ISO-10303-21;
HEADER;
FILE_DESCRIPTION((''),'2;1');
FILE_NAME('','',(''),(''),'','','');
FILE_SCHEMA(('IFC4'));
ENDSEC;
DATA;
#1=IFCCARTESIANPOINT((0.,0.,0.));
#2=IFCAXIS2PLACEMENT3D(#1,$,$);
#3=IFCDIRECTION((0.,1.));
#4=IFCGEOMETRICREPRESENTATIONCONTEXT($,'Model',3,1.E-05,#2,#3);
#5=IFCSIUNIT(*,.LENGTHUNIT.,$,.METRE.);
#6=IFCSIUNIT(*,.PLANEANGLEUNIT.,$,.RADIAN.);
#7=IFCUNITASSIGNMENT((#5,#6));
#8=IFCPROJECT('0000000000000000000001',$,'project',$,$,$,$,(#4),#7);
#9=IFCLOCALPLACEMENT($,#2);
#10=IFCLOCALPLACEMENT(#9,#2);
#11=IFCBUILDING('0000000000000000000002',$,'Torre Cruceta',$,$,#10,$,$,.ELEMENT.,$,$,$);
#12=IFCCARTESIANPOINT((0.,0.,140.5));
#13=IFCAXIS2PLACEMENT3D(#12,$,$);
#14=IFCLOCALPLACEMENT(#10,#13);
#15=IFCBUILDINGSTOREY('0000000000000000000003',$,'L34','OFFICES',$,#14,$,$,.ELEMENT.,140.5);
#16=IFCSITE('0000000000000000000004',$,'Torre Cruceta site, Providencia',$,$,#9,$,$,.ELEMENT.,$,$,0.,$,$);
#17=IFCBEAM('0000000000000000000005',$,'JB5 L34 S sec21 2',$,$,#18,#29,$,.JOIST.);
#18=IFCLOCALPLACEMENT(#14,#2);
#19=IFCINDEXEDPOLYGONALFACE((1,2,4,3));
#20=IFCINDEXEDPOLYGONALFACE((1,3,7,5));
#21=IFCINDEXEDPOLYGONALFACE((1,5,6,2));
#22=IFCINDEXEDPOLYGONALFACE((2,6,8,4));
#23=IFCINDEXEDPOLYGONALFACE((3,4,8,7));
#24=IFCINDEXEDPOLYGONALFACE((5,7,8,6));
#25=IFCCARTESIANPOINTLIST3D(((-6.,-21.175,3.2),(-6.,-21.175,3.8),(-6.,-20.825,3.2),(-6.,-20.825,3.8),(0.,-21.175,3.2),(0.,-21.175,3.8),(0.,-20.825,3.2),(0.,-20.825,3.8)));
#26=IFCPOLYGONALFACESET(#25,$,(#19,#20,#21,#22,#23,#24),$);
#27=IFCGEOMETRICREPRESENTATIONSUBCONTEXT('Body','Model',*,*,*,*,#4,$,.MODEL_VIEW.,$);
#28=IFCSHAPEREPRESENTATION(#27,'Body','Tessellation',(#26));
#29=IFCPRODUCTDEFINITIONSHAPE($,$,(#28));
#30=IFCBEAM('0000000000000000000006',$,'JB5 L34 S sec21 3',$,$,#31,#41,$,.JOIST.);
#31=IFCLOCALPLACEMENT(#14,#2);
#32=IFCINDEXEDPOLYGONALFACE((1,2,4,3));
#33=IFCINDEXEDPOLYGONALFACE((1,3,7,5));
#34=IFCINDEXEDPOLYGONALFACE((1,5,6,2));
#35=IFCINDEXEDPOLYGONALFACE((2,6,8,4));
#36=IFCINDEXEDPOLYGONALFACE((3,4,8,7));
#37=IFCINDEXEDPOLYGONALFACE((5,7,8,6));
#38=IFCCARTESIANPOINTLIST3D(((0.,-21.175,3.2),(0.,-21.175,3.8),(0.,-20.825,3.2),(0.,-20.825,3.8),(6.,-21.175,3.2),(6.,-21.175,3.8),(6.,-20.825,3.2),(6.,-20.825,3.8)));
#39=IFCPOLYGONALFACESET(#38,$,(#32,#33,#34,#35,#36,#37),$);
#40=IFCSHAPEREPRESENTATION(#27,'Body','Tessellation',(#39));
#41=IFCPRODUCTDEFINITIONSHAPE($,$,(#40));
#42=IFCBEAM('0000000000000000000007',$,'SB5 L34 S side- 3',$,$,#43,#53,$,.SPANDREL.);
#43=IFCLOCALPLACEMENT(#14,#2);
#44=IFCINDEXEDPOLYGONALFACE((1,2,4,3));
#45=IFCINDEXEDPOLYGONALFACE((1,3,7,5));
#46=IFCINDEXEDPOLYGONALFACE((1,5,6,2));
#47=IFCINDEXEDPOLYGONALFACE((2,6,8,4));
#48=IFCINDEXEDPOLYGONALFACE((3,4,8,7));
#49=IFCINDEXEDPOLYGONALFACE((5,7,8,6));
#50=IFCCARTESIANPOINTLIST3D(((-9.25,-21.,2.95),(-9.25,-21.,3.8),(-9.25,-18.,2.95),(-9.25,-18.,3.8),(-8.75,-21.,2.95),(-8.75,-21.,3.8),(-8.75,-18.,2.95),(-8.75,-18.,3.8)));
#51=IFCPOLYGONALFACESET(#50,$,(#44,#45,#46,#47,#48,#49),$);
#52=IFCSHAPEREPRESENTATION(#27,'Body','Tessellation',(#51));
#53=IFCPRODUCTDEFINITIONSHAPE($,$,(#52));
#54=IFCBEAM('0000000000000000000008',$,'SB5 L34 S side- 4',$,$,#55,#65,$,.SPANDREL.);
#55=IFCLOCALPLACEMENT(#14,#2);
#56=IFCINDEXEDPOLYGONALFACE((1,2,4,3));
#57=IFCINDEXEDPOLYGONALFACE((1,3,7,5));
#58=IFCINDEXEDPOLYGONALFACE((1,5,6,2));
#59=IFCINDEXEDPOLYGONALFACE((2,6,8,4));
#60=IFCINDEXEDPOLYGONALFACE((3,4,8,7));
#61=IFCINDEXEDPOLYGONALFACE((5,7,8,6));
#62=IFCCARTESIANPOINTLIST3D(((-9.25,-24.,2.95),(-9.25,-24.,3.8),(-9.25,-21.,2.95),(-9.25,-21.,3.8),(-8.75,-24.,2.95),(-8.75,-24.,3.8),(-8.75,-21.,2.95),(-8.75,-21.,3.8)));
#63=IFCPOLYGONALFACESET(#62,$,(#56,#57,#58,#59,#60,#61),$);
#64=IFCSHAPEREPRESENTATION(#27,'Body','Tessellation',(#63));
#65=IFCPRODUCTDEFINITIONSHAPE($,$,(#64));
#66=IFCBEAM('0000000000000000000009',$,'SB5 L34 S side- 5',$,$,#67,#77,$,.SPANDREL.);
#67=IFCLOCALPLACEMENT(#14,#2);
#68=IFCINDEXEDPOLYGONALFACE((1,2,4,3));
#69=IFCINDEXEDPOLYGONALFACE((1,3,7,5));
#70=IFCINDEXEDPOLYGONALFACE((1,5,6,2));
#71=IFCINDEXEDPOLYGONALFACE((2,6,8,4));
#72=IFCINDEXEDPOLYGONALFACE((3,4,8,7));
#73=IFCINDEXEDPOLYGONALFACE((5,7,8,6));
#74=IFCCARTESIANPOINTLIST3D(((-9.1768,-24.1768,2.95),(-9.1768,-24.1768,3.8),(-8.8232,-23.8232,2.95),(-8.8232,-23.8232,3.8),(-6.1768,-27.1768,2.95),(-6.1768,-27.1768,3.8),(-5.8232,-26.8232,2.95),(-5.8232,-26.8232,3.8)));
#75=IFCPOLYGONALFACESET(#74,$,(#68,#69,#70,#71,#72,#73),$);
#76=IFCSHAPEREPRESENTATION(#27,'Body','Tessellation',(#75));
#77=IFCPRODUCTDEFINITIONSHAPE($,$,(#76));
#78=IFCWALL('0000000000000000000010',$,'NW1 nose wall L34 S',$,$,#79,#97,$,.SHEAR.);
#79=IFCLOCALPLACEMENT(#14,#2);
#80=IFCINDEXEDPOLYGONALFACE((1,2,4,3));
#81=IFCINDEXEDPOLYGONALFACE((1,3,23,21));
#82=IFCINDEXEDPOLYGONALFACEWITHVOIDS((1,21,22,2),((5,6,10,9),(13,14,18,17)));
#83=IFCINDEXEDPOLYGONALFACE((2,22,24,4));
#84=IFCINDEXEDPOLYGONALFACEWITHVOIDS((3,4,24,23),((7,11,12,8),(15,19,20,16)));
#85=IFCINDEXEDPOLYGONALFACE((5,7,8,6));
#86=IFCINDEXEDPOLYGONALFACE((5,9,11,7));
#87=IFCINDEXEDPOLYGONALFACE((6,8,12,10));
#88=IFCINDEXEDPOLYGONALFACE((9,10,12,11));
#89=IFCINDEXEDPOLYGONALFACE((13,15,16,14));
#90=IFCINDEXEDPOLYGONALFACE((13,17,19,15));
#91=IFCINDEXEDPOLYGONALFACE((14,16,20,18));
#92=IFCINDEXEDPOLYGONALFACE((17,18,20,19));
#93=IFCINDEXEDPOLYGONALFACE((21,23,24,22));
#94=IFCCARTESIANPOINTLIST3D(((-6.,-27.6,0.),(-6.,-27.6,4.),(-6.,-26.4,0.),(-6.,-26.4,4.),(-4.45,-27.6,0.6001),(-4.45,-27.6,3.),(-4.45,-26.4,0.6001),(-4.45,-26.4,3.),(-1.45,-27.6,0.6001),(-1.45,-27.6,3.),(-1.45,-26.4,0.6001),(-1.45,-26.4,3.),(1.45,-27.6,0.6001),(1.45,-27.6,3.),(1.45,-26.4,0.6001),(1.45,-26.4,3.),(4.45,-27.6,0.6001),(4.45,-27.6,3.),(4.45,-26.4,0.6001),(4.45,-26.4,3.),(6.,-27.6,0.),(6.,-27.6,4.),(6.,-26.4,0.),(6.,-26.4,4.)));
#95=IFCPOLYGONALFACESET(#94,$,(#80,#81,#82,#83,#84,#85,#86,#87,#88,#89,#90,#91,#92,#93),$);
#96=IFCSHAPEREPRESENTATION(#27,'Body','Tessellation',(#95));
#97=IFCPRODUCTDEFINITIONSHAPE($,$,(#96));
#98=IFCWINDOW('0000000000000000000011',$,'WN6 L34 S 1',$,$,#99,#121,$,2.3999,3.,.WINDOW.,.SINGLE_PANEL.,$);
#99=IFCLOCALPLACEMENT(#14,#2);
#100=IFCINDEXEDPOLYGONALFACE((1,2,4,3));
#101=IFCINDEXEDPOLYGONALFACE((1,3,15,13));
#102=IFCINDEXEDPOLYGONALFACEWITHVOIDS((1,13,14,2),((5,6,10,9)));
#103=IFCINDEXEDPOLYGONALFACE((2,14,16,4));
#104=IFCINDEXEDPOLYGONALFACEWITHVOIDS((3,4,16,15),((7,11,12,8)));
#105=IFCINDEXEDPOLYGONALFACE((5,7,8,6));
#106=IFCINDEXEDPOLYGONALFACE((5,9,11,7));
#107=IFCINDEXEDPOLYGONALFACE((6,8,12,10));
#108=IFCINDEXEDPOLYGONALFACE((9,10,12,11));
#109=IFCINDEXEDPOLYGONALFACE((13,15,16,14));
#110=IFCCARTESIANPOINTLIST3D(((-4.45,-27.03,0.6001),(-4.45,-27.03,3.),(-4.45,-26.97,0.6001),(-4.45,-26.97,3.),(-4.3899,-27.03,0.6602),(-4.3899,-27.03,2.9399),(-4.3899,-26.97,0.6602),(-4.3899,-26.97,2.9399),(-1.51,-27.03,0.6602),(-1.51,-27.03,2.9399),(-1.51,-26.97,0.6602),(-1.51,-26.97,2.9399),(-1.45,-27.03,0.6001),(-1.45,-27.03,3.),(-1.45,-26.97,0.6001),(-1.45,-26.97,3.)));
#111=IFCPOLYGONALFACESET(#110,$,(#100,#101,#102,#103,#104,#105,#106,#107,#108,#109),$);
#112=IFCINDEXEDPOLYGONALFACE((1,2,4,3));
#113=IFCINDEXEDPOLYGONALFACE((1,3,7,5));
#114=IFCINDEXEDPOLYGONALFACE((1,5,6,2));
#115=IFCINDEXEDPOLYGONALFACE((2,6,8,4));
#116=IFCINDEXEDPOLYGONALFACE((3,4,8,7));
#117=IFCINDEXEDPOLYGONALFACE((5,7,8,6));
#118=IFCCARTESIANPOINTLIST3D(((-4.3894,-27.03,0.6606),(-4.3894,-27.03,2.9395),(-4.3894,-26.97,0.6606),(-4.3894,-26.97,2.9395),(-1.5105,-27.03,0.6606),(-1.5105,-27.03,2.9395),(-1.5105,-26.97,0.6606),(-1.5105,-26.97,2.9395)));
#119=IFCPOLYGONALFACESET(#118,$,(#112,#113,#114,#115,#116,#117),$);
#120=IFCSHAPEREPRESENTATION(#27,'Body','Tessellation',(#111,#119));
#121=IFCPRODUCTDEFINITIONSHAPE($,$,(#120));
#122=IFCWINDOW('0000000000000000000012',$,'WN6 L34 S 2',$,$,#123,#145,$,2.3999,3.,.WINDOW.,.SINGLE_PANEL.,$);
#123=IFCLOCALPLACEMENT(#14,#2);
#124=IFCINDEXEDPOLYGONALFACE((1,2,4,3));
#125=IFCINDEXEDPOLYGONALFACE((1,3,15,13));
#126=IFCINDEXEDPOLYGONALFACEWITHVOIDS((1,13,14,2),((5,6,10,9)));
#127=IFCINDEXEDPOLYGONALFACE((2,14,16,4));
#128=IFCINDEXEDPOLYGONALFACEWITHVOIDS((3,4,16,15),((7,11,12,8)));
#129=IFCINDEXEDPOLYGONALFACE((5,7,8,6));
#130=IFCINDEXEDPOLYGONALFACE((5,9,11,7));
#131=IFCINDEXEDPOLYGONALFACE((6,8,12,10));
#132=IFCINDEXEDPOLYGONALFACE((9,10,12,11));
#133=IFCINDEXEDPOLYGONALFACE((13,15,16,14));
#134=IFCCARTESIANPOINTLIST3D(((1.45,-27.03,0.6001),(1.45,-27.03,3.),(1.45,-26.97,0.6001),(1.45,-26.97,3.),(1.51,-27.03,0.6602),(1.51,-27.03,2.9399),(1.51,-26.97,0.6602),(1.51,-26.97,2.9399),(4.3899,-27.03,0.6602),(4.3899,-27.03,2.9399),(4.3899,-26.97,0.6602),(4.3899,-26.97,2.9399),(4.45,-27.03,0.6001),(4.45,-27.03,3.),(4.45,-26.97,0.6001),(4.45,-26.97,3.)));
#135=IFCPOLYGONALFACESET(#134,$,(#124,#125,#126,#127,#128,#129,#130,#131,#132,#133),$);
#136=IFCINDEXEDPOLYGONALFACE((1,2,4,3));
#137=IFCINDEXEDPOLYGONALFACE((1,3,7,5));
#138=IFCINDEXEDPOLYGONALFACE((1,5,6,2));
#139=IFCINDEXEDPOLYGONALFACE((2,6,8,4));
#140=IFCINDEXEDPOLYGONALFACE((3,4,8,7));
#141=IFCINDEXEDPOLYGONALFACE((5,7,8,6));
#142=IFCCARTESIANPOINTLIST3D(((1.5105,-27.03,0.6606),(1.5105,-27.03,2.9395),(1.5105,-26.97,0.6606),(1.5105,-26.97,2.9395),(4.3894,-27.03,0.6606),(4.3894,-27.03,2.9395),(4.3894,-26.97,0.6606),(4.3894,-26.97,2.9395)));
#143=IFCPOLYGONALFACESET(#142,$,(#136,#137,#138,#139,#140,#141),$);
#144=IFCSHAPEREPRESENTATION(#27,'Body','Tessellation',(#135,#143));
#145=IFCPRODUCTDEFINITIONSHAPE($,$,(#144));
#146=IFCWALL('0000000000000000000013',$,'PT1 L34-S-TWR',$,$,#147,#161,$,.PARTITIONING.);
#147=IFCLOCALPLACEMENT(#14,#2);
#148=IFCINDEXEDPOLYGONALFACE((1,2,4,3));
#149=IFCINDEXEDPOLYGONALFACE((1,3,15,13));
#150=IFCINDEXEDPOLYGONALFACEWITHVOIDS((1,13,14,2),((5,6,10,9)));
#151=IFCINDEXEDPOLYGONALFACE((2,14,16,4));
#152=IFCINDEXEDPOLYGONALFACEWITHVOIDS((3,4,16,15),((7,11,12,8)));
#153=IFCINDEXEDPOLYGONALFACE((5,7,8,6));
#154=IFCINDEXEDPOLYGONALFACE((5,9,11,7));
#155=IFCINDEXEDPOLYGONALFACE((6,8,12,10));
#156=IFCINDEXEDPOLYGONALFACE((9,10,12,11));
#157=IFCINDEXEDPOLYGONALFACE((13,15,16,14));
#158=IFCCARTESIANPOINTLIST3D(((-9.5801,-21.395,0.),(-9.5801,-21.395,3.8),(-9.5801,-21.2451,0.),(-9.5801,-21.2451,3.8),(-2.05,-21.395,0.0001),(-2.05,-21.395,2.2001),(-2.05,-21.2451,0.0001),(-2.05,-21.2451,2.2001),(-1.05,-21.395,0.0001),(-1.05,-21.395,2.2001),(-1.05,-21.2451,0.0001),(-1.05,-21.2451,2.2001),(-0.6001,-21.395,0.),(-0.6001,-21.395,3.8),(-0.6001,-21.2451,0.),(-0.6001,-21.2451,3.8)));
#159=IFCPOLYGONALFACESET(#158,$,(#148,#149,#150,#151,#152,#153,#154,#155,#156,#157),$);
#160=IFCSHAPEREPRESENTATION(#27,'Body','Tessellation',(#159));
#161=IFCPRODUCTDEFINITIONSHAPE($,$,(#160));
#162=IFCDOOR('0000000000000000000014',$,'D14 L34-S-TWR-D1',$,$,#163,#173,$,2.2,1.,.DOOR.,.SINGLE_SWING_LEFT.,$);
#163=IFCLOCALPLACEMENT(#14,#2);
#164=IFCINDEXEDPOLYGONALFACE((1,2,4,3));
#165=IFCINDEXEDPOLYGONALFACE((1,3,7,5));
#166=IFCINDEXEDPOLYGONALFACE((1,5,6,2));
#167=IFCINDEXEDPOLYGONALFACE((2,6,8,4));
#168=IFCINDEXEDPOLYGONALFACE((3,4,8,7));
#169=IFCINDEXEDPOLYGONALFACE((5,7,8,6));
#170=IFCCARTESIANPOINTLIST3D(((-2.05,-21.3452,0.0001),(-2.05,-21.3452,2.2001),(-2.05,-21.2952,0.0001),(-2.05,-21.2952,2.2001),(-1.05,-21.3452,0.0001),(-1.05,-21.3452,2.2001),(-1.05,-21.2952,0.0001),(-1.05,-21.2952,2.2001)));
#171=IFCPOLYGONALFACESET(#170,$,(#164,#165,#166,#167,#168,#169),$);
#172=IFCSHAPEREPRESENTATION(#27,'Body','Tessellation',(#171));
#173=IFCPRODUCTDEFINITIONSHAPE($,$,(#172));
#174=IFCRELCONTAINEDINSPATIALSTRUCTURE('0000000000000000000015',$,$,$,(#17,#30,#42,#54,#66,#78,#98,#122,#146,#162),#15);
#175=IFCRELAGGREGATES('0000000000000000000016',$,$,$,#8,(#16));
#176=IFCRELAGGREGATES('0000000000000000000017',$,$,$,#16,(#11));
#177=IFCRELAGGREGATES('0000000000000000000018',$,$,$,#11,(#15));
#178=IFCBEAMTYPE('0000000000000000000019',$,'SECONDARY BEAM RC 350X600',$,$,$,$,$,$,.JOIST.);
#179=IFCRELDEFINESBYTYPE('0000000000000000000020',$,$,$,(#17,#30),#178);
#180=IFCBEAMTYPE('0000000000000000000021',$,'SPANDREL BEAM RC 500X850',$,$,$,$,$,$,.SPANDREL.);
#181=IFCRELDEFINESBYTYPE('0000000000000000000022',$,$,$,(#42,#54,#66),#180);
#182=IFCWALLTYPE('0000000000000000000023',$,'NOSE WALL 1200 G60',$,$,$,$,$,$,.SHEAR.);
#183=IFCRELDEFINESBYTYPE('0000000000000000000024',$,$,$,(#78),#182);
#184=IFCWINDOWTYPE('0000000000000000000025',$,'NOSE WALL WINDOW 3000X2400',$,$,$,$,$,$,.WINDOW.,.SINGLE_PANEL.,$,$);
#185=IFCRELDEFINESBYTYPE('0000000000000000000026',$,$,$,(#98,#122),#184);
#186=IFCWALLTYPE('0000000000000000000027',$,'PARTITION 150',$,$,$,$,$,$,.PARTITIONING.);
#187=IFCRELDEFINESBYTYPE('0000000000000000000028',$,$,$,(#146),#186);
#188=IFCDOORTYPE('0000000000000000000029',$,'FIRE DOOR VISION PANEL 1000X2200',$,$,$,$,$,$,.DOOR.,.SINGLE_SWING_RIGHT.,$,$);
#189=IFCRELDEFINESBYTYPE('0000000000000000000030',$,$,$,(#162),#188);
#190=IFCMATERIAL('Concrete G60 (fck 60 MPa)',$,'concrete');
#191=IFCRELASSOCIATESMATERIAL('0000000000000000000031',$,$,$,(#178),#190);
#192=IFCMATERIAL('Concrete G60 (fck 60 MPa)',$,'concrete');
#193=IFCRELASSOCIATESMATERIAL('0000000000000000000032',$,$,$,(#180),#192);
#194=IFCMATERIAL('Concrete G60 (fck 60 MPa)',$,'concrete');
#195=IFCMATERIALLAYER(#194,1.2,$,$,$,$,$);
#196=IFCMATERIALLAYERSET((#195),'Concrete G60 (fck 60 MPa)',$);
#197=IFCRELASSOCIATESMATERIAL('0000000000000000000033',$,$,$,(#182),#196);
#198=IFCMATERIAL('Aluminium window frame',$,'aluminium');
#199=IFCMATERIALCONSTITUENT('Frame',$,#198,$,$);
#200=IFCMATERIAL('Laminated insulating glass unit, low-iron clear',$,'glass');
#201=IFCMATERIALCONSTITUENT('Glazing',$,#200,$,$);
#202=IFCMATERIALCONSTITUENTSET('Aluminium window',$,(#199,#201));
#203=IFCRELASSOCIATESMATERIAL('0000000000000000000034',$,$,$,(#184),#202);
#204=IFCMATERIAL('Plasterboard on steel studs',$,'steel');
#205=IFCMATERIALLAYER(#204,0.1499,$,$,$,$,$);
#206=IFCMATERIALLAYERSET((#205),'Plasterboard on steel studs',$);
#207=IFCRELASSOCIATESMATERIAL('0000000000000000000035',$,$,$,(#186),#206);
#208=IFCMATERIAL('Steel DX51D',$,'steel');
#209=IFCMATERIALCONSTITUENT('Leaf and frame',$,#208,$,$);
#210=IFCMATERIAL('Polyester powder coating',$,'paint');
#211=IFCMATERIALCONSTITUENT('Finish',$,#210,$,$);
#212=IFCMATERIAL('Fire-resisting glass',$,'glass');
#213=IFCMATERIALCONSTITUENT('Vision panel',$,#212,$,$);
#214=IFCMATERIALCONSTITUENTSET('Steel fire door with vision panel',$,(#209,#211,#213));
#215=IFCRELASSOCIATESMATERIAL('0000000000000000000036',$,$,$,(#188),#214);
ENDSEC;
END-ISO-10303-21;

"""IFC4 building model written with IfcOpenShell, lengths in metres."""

from ifc_helpers import new_model, si_unit, direction, frame, frame_2d, origin, origin_2d, place, context, subcontext, project, spatial, rectangle, hollow_rectangle, extrude, material, layer, layer_set, constituent, constituent_set, material_profile, profile_set, type_object, element, fill, save


model = new_model("IFC4")

# Units and contexts
model_context = context("Model", 3, precision=1e-05, world=origin(), true_north=direction((0.0, 1.0)))
body_context = subcontext(model_context, "Body", "Model", "MODEL_VIEW")
ifc_project = project(units=[si_unit("LENGTHUNIT", "METRE"), si_unit("PLANEANGLEUNIT", "RADIAN")], contexts=[model_context])

# Site, building, storey
site_placement = place(None, origin())
site = spatial("IfcSite", under=ifc_project, at=site_placement, Name="Torre Cruceta site, Providencia", CompositionType="ELEMENT", RefElevation=0.0)
building_placement = place(site_placement, origin())
building = spatial("IfcBuilding", under=site, at=building_placement, Name="Torre Cruceta", CompositionType="ELEMENT")
storey_placement = place(building_placement, frame((0.0, 0.0, 140.5)))
storey = spatial("IfcBuildingStorey", under=building, at=storey_placement, Name="L34", Description="OFFICES", CompositionType="ELEMENT", Elevation=140.5)

# Beams
ifc_material_1 = material(Name="Concrete G60 (fck 60 MPa)", Category="concrete")
ifc_material_profile_1 = material_profile(ifc_material_1, rectangle(XDim=0.3501, YDim=0.6001, at=origin_2d()), Name="RC 350X600")
ifc_profile_set_1 = profile_set([ifc_material_profile_1], Name="Concrete G60 (fck 60 MPa)")
beam_type_1 = type_object("IfcBeamType", Name="SECONDARY BEAM RC 350X600", PredefinedType="JOIST", material=ifc_profile_set_1)
for number, where, z_axis, x_axis, name in (
    (1, (-6.0, -21.0, 3.5), (1.0, 0.0, 0.0), (0.0, 1.0, 0.0), "JB5 L34 S sec21 2"),
    (2, (0.0, -21.0, 3.5), (1.0, 0.0, 0.0), (0.0, 1.0, 0.0), "JB5 L34 S sec21 3"),
):
    element("IfcBeam", number, at=place(storey_placement, frame(where, z_axis=z_axis, x_axis=x_axis)), inside=storey, type_object=beam_type_1, Name=name, PredefinedType="JOIST", context=body_context, shape_type="SweptSolid", body=[
        extrude(rectangle(XDim=0.3501, YDim=0.6001, at=origin_2d()), origin(), (0.0, 0.0, 1.0), 6.0),
    ])
ifc_material_2 = material(Name="Concrete G60 (fck 60 MPa)", Category="concrete")
ifc_material_profile_2 = material_profile(ifc_material_2, rectangle(XDim=0.5, YDim=0.8501, at=origin_2d()), Name="RC 500X850")
ifc_profile_set_2 = profile_set([ifc_material_profile_2], Name="Concrete G60 (fck 60 MPa)")
beam_type_2 = type_object("IfcBeamType", Name="SPANDREL BEAM RC 500X850", PredefinedType="SPANDREL", material=ifc_profile_set_2)
for number, where, z_axis, x_axis, name in (
    (3, (-9.0, -18.0, 3.375), (0.0, -1.0, 0.0), (1.0, 0.0, 0.0), "SB5 L34 S side- 3"),
    (4, (-9.0, -21.0, 3.375), (0.0, -1.0, 0.0), (1.0, 0.0, 0.0), "SB5 L34 S side- 4"),
):
    element("IfcBeam", number, at=place(storey_placement, frame(where, z_axis=z_axis, x_axis=x_axis)), inside=storey, type_object=beam_type_2, Name=name, PredefinedType="SPANDREL", context=body_context, shape_type="SweptSolid", body=[
        extrude(rectangle(XDim=0.5, YDim=0.8501, at=origin_2d()), origin(), (0.0, 0.0, 1.0), 3.0),
    ])
beam_1_placement = place(storey_placement, frame((-9.0, -24.0, 3.375), z_axis=(0.707107, -0.707107, 0.0), x_axis=(0.707107, 0.707107, 0.0)))
element("IfcBeam", 5, at=beam_1_placement, inside=storey, type_object=beam_type_2, Name="SB5 L34 S side- 5", PredefinedType="SPANDREL", context=body_context, shape_type="SweptSolid", body=[
    extrude(rectangle(XDim=0.5, YDim=0.8501, at=origin_2d()), origin(), (0.0, 0.0, 1.0), 4.2427),
])

# Wall, openings, windows
ifc_material_3 = material(Name="Concrete G60 (fck 60 MPa)", Category="concrete")
ifc_layer_1 = layer(ifc_material_3, 1.2)
ifc_layer_set_1 = layer_set([ifc_layer_1], Name="Concrete G60 (fck 60 MPa)")
wall_type_1 = type_object("IfcWallType", Name="NOSE WALL 1200 G60", PredefinedType="SHEAR", material=ifc_layer_set_1)
wall_1_placement = place(storey_placement, frame((-6.0, -27.0, 0.0), z_axis=(0.0, 0.0, 1.0), x_axis=(1.0, 0.0, 0.0)))
wall_1 = element("IfcWall", 6, at=wall_1_placement, inside=storey, type_object=wall_type_1, Name="NW1 nose wall L34 S", PredefinedType="SHEAR", context=body_context, shape_type="SweptSolid", body=[
    extrude(rectangle(XDim=12.0, YDim=1.2, at=frame_2d((6.0, 0.0))), origin(), (0.0, 0.0, 1.0), 4.0),
])
opening_1_placement = place(wall_1_placement, frame((1.55, 0.0, 0.6001)))
opening_1 = element("IfcOpeningElement", 7, at=opening_1_placement, cuts=wall_1, PredefinedType="OPENING", context=body_context, shape_type="SweptSolid", body=[
    extrude(rectangle(XDim=3.0, YDim=2.3999, at=frame_2d((1.5, 1.2))), frame((0.0, 0.6099, 0.0), z_axis=(0.0, -1.0, 0.0), x_axis=(1.0, 0.0, 0.0)), (0.0, 0.0, 1.0), 1.22),
])
opening_2_placement = place(wall_1_placement, frame((7.45, 0.0, 0.6001)))
opening_2 = element("IfcOpeningElement", 8, at=opening_2_placement, cuts=wall_1, PredefinedType="OPENING", context=body_context, shape_type="SweptSolid", body=[
    extrude(rectangle(XDim=3.0, YDim=2.3999, at=frame_2d((1.5, 1.2))), frame((0.0, 0.6099, 0.0), z_axis=(0.0, -1.0, 0.0), x_axis=(1.0, 0.0, 0.0)), (0.0, 0.0, 1.0), 1.22),
])
ifc_material_4 = material(Name="Aluminium window frame", Category="aluminium")
ifc_constituent_1 = constituent(ifc_material_4, Name="Frame")
ifc_material_5 = material(Name="Laminated insulating glass unit, low-iron clear", Category="glass")
ifc_constituent_2 = constituent(ifc_material_5, Name="Glazing")
ifc_constituent_set_1 = constituent_set(constituents=[ifc_constituent_1, ifc_constituent_2], Name="Aluminium window")
window_type = type_object("IfcWindowType", Name="NOSE WALL WINDOW 3000X2400", PartitioningType="SINGLE_PANEL", PredefinedType="WINDOW", material=ifc_constituent_set_1)
window_1_placement = place(opening_1_placement, origin())
window_1 = element("IfcWindow", 9, at=window_1_placement, inside=storey, type_object=window_type, Name="WN6 L34 S 1", OverallHeight=2.3999, OverallWidth=3.0, PartitioningType="SINGLE_PANEL", PredefinedType="WINDOW", context=body_context, shape_type="SweptSolid", body=[
    extrude(hollow_rectangle(XDim=3.0, YDim=2.3999, WallThickness=0.0601, at=frame_2d((1.5, 1.2))), frame((0.0, 0.03, 0.0), z_axis=(0.0, -1.0, 0.0), x_axis=(1.0, 0.0, 0.0)), (0.0, 0.0, 1.0), 0.0601),
    extrude(rectangle(XDim=2.8789, YDim=2.2788, at=frame_2d((1.5, 1.2))), frame((0.0, 0.03, 0.0), z_axis=(0.0, -1.0, 0.0), x_axis=(1.0, 0.0, 0.0)), (0.0, 0.0, 1.0), 0.0601),
])
fill(opening_1, window_1)
window_2_placement = place(opening_2_placement, origin())
window_2 = element("IfcWindow", 10, at=window_2_placement, inside=storey, type_object=window_type, Name="WN6 L34 S 2", OverallHeight=2.3999, OverallWidth=3.0, PartitioningType="SINGLE_PANEL", PredefinedType="WINDOW", context=body_context, shape_type="SweptSolid", body=[
    extrude(hollow_rectangle(XDim=3.0, YDim=2.3999, WallThickness=0.0601, at=frame_2d((1.5, 1.2))), frame((0.0, 0.03, 0.0), z_axis=(0.0, -1.0, 0.0), x_axis=(1.0, 0.0, 0.0)), (0.0, 0.0, 1.0), 0.0601),
    extrude(rectangle(XDim=2.8789, YDim=2.2788, at=frame_2d((1.5, 1.2))), frame((0.0, 0.03, 0.0), z_axis=(0.0, -1.0, 0.0), x_axis=(1.0, 0.0, 0.0)), (0.0, 0.0, 1.0), 0.0601),
])
fill(opening_2, window_2)

# Wall, opening, door
ifc_material_6 = material(Name="Plasterboard on steel studs", Category="steel")
ifc_layer_2 = layer(ifc_material_6, 0.1499)
ifc_layer_set_2 = layer_set([ifc_layer_2], Name="Plasterboard on steel studs")
wall_type_2 = type_object("IfcWallType", Name="PARTITION 150", PredefinedType="PARTITIONING", material=ifc_layer_set_2)
wall_2_placement = place(storey_placement, frame((-9.5801, -21.3201, 0.0), z_axis=(0.0, 0.0, 1.0), x_axis=(1.0, 0.0, 0.0)))
wall_2 = element("IfcWall", 11, at=wall_2_placement, inside=storey, type_object=wall_type_2, Name="PT1 L34-S-TWR", PredefinedType="PARTITIONING", context=body_context, shape_type="SweptSolid", body=[
    extrude(rectangle(XDim=8.98, YDim=0.1499, at=frame_2d((4.49, 0.0))), origin(), (0.0, 0.0, 1.0), 3.8),
])
opening_3_placement = place(wall_2_placement, frame((7.53, 0.0, 0.0)))
opening_3 = element("IfcOpeningElement", 12, at=opening_3_placement, cuts=wall_2, PredefinedType="OPENING", context=body_context, shape_type="SweptSolid", body=[
    extrude(rectangle(XDim=1.0, YDim=2.2, at=frame_2d((0.5, 1.1001))), frame((0.0, 0.085, 0.0), z_axis=(0.0, -1.0, 0.0), x_axis=(1.0, 0.0, 0.0)), (0.0, 0.0, 1.0), 0.1699),
])
ifc_material_7 = material(Name="Steel DX51D", Category="steel")
ifc_constituent_3 = constituent(ifc_material_7, Name="Leaf and frame")
ifc_material_8 = material(Name="Polyester powder coating", Category="paint")
ifc_constituent_4 = constituent(ifc_material_8, Name="Finish")
ifc_material_9 = material(Name="Fire-resisting glass", Category="glass")
ifc_constituent_5 = constituent(ifc_material_9, Name="Vision panel")
ifc_constituent_set_2 = constituent_set(constituents=[ifc_constituent_3, ifc_constituent_4, ifc_constituent_5], Name="Steel fire door with vision panel")
door_type = type_object("IfcDoorType", Name="FIRE DOOR VISION PANEL 1000X2200", OperationType="SINGLE_SWING_RIGHT", PredefinedType="DOOR", material=ifc_constituent_set_2)
door_placement = place(opening_3_placement, frame((1.0, 0.0, 0.0), z_axis=(0.0, 0.0, 1.0), x_axis=(-1.0, 0.0, 0.0)))
door = element("IfcDoor", 13, at=door_placement, inside=storey, type_object=door_type, Name="D14 L34-S-TWR-D1", OperationType="SINGLE_SWING_LEFT", OverallHeight=2.2, OverallWidth=1.0, PredefinedType="DOOR", context=body_context, shape_type="SweptSolid", body=[
    extrude(rectangle(XDim=1.0, YDim=2.2, at=frame_2d((0.5, 1.1001))), frame((0.0, 0.0251, 0.0), z_axis=(0.0, -1.0, 0.0), x_axis=(1.0, 0.0, 0.0)), (0.0, 0.0, 1.0), 0.05),
])
fill(opening_3, door)

save(model, "model.ifc")
